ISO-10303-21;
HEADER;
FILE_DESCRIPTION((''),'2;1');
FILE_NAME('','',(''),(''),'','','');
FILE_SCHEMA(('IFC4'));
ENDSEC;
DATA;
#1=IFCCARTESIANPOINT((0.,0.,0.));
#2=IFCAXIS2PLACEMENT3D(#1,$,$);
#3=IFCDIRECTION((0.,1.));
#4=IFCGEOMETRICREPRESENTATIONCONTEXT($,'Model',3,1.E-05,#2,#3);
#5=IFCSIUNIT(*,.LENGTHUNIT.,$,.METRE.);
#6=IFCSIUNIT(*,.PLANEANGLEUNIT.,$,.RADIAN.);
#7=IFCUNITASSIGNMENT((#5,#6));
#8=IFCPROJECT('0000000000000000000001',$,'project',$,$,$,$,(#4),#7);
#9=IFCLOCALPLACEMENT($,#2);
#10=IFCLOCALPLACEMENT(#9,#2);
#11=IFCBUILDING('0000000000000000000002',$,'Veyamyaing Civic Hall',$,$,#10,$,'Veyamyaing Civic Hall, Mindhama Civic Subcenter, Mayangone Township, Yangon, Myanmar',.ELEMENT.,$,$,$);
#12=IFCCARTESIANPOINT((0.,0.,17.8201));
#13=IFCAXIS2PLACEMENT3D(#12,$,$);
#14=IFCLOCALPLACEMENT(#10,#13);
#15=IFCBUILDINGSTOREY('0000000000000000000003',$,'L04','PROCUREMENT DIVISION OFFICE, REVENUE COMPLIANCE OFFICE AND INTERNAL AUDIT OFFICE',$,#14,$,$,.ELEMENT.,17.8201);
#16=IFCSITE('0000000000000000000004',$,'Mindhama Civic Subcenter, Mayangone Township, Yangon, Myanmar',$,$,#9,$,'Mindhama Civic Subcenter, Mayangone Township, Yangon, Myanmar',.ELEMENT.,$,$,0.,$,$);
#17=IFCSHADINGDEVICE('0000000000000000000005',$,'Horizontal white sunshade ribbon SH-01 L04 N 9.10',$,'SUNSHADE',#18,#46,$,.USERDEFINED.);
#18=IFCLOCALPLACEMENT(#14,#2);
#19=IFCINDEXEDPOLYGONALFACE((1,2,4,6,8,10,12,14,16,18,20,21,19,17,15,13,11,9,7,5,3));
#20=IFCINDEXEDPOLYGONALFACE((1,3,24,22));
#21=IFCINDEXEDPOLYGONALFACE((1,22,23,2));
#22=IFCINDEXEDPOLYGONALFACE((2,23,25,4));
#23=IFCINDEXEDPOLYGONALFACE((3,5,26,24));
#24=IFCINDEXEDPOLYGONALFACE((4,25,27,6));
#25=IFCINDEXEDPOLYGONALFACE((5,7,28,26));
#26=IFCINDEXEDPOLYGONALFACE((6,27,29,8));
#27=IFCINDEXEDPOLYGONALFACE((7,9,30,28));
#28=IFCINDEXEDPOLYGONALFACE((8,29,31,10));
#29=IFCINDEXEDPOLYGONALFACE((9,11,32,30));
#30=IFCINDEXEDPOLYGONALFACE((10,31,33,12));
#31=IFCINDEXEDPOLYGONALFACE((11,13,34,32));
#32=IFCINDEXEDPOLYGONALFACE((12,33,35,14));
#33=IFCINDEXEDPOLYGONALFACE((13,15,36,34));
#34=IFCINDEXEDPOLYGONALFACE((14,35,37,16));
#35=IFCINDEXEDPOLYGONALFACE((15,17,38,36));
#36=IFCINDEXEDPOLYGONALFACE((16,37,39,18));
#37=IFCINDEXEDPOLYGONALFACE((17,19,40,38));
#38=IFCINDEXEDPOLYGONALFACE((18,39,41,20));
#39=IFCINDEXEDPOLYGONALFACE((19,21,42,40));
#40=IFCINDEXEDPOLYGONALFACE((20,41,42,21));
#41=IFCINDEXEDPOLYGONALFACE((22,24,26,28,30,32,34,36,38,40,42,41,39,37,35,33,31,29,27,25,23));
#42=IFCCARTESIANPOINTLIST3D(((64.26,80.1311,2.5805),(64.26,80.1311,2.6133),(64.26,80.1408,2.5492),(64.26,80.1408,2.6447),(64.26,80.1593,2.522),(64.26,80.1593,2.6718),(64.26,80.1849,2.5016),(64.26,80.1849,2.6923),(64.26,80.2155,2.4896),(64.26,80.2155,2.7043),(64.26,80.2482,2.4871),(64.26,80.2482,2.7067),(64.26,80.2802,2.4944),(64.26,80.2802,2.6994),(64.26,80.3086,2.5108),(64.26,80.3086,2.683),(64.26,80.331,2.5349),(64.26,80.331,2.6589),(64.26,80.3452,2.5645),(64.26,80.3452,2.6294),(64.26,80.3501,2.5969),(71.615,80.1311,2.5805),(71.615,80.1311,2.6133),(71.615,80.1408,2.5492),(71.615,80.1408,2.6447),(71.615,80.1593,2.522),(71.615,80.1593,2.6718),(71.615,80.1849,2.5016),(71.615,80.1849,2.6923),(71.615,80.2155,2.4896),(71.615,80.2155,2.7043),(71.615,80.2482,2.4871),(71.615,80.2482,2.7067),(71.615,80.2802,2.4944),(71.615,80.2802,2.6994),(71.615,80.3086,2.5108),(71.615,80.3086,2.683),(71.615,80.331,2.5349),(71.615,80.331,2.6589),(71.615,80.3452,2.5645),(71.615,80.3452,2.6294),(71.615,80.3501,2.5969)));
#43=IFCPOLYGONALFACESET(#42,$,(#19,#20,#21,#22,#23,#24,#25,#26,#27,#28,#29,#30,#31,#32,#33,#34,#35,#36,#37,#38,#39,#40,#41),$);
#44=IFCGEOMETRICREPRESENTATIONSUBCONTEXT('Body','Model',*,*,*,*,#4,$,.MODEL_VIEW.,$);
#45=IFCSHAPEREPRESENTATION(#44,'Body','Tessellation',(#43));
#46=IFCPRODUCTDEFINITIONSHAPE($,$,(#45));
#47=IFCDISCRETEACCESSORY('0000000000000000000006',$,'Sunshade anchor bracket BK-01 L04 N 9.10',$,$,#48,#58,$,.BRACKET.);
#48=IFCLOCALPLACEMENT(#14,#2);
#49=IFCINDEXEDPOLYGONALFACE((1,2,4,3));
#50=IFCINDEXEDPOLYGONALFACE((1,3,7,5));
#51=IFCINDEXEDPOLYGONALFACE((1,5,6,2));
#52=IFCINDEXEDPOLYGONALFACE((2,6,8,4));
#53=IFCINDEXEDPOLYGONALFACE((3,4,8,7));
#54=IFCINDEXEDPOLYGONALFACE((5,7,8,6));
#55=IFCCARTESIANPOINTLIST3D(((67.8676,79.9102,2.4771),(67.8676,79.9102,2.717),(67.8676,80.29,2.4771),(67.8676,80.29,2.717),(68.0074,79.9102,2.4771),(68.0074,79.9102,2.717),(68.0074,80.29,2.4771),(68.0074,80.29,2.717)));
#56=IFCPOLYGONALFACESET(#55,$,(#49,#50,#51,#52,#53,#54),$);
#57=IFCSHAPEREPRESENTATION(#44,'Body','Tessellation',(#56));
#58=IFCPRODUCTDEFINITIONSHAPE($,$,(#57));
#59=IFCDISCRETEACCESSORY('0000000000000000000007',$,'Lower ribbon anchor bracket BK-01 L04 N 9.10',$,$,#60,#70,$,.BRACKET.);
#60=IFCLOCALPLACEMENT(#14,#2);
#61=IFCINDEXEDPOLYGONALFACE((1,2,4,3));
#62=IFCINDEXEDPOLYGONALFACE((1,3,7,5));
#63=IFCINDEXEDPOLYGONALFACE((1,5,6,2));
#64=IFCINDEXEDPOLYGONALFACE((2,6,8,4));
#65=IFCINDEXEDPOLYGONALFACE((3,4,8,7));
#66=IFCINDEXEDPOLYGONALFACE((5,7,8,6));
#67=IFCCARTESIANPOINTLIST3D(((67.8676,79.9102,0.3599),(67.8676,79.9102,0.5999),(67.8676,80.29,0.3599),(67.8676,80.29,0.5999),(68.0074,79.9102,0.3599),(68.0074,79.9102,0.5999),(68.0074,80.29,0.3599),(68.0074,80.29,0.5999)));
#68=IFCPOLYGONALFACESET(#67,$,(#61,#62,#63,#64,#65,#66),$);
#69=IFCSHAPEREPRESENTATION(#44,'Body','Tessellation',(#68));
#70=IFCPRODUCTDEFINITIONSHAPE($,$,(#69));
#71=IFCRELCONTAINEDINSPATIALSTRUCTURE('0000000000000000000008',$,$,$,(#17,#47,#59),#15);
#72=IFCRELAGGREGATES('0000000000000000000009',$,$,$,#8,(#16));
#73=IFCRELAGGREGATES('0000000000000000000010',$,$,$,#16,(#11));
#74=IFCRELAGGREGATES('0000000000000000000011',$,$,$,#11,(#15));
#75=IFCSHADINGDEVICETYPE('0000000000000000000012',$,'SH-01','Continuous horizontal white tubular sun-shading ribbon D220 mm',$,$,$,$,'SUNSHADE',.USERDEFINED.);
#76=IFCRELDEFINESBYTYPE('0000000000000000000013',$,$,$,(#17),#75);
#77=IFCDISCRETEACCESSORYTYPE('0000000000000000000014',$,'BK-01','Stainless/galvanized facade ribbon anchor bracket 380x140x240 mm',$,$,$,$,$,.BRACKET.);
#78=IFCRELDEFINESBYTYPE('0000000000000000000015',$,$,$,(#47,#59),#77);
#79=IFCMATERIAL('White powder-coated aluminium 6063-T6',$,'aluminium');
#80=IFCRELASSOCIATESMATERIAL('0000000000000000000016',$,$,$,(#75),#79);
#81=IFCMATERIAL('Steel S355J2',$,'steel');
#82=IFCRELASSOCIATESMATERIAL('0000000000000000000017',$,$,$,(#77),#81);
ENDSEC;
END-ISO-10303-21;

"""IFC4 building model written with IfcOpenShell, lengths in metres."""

from ifc_helpers import new_model, si_unit, direction, frame, origin, origin_2d, place, context, subcontext, project, spatial, rectangle, circle, extrude, material, material_profile, profile_set, type_object, element, save


model = new_model("IFC4")

# Units and contexts
model_context = context("Model", 3, precision=1e-05, world=origin(), true_north=direction((0.0, 1.0)))
body_context = subcontext(model_context, "Body", "Model", "MODEL_VIEW")
ifc_project = project(units=[si_unit("LENGTHUNIT", "METRE"), si_unit("PLANEANGLEUNIT", "RADIAN")], contexts=[model_context])

# Site, building, storey
site_placement = place(None, origin())
site = spatial("IfcSite", under=ifc_project, at=site_placement, Name="Mindhama Civic Subcenter, Mayangone Township, Yangon, Myanmar", LongName="Mindhama Civic Subcenter, Mayangone Township, Yangon, Myanmar", CompositionType="ELEMENT", RefElevation=0.0)
building_placement = place(site_placement, origin())
building = spatial("IfcBuilding", under=site, at=building_placement, Name="Veyamyaing Civic Hall", LongName="Veyamyaing Civic Hall, Mindhama Civic Subcenter, Mayangone Township, Yangon, Myanmar", CompositionType="ELEMENT")
storey_placement = place(building_placement, frame((0.0, 0.0, 17.8201)))
storey = spatial("IfcBuildingStorey", under=building, at=storey_placement, Name="L04", Description="PROCUREMENT DIVISION OFFICE, REVENUE COMPLIANCE OFFICE AND INTERNAL AUDIT OFFICE", CompositionType="ELEMENT", Elevation=17.8201)

# Shared definitions
ifc_material_1 = material(Name="White powder-coated aluminium 6063-T6", Category="aluminium")

# Shading device
ifc_material_profile_1 = material_profile(ifc_material_1, circle(Radius=0.1101, at=origin_2d()), Name="SHADE-TUBE-220")
ifc_profile_set_1 = profile_set([ifc_material_profile_1], Name="White powder-coated aluminium 6063-T6")
shading_device_type = type_object("IfcShadingDeviceType", Name="SH-01", Description="Continuous horizontal white tubular sun-shading ribbon D220 mm", ElementType="SUNSHADE", PredefinedType="USERDEFINED", material=ifc_profile_set_1)
shading_device_placement = place(storey_placement, frame((64.26, 80.24, 2.5969), z_axis=(1.0, 0.0, 0.0), x_axis=(0.0, 1.0, 0.0)))
element("IfcShadingDevice", 1, at=shading_device_placement, inside=storey, type_object=shading_device_type, Name="Horizontal white sunshade ribbon SH-01 L04 N 9.10", ObjectType="SUNSHADE", PredefinedType="USERDEFINED", context=body_context, shape_type="SweptSolid", body=[
    extrude(circle(Radius=0.1101, at=origin_2d()), origin(), (0.0, 0.0, 1.0), 7.355),
])

# Discrete accessories
ifc_material_2 = material(Name="Steel S355J2", Category="steel")
discrete_accessory_type = type_object("IfcDiscreteAccessoryType", Name="BK-01", Description="Stainless/galvanized facade ribbon anchor bracket 380x140x240 mm", PredefinedType="BRACKET", material=ifc_material_2)
for number, where, z_axis, x_axis, name in (
    (2, (67.9375, 80.1001, 2.4771), (0.0, 0.0, 1.0), (0.0, 1.0, 0.0), "Sunshade anchor bracket BK-01 L04 N 9.10"),
    (3, (67.9375, 80.1001, 0.3599), (0.0, 0.0, 1.0), (0.0, 1.0, 0.0), "Lower ribbon anchor bracket BK-01 L04 N 9.10"),
):
    element("IfcDiscreteAccessory", number, at=place(storey_placement, frame(where, z_axis=z_axis, x_axis=x_axis)), inside=storey, type_object=discrete_accessory_type, Name=name, PredefinedType="BRACKET", context=body_context, shape_type="SweptSolid", body=[
        extrude(rectangle(XDim=0.3799, YDim=0.1399, at=origin_2d()), origin(), (0.0, 0.0, 1.0), 0.24),
    ])

save(model, "model.ifc")
